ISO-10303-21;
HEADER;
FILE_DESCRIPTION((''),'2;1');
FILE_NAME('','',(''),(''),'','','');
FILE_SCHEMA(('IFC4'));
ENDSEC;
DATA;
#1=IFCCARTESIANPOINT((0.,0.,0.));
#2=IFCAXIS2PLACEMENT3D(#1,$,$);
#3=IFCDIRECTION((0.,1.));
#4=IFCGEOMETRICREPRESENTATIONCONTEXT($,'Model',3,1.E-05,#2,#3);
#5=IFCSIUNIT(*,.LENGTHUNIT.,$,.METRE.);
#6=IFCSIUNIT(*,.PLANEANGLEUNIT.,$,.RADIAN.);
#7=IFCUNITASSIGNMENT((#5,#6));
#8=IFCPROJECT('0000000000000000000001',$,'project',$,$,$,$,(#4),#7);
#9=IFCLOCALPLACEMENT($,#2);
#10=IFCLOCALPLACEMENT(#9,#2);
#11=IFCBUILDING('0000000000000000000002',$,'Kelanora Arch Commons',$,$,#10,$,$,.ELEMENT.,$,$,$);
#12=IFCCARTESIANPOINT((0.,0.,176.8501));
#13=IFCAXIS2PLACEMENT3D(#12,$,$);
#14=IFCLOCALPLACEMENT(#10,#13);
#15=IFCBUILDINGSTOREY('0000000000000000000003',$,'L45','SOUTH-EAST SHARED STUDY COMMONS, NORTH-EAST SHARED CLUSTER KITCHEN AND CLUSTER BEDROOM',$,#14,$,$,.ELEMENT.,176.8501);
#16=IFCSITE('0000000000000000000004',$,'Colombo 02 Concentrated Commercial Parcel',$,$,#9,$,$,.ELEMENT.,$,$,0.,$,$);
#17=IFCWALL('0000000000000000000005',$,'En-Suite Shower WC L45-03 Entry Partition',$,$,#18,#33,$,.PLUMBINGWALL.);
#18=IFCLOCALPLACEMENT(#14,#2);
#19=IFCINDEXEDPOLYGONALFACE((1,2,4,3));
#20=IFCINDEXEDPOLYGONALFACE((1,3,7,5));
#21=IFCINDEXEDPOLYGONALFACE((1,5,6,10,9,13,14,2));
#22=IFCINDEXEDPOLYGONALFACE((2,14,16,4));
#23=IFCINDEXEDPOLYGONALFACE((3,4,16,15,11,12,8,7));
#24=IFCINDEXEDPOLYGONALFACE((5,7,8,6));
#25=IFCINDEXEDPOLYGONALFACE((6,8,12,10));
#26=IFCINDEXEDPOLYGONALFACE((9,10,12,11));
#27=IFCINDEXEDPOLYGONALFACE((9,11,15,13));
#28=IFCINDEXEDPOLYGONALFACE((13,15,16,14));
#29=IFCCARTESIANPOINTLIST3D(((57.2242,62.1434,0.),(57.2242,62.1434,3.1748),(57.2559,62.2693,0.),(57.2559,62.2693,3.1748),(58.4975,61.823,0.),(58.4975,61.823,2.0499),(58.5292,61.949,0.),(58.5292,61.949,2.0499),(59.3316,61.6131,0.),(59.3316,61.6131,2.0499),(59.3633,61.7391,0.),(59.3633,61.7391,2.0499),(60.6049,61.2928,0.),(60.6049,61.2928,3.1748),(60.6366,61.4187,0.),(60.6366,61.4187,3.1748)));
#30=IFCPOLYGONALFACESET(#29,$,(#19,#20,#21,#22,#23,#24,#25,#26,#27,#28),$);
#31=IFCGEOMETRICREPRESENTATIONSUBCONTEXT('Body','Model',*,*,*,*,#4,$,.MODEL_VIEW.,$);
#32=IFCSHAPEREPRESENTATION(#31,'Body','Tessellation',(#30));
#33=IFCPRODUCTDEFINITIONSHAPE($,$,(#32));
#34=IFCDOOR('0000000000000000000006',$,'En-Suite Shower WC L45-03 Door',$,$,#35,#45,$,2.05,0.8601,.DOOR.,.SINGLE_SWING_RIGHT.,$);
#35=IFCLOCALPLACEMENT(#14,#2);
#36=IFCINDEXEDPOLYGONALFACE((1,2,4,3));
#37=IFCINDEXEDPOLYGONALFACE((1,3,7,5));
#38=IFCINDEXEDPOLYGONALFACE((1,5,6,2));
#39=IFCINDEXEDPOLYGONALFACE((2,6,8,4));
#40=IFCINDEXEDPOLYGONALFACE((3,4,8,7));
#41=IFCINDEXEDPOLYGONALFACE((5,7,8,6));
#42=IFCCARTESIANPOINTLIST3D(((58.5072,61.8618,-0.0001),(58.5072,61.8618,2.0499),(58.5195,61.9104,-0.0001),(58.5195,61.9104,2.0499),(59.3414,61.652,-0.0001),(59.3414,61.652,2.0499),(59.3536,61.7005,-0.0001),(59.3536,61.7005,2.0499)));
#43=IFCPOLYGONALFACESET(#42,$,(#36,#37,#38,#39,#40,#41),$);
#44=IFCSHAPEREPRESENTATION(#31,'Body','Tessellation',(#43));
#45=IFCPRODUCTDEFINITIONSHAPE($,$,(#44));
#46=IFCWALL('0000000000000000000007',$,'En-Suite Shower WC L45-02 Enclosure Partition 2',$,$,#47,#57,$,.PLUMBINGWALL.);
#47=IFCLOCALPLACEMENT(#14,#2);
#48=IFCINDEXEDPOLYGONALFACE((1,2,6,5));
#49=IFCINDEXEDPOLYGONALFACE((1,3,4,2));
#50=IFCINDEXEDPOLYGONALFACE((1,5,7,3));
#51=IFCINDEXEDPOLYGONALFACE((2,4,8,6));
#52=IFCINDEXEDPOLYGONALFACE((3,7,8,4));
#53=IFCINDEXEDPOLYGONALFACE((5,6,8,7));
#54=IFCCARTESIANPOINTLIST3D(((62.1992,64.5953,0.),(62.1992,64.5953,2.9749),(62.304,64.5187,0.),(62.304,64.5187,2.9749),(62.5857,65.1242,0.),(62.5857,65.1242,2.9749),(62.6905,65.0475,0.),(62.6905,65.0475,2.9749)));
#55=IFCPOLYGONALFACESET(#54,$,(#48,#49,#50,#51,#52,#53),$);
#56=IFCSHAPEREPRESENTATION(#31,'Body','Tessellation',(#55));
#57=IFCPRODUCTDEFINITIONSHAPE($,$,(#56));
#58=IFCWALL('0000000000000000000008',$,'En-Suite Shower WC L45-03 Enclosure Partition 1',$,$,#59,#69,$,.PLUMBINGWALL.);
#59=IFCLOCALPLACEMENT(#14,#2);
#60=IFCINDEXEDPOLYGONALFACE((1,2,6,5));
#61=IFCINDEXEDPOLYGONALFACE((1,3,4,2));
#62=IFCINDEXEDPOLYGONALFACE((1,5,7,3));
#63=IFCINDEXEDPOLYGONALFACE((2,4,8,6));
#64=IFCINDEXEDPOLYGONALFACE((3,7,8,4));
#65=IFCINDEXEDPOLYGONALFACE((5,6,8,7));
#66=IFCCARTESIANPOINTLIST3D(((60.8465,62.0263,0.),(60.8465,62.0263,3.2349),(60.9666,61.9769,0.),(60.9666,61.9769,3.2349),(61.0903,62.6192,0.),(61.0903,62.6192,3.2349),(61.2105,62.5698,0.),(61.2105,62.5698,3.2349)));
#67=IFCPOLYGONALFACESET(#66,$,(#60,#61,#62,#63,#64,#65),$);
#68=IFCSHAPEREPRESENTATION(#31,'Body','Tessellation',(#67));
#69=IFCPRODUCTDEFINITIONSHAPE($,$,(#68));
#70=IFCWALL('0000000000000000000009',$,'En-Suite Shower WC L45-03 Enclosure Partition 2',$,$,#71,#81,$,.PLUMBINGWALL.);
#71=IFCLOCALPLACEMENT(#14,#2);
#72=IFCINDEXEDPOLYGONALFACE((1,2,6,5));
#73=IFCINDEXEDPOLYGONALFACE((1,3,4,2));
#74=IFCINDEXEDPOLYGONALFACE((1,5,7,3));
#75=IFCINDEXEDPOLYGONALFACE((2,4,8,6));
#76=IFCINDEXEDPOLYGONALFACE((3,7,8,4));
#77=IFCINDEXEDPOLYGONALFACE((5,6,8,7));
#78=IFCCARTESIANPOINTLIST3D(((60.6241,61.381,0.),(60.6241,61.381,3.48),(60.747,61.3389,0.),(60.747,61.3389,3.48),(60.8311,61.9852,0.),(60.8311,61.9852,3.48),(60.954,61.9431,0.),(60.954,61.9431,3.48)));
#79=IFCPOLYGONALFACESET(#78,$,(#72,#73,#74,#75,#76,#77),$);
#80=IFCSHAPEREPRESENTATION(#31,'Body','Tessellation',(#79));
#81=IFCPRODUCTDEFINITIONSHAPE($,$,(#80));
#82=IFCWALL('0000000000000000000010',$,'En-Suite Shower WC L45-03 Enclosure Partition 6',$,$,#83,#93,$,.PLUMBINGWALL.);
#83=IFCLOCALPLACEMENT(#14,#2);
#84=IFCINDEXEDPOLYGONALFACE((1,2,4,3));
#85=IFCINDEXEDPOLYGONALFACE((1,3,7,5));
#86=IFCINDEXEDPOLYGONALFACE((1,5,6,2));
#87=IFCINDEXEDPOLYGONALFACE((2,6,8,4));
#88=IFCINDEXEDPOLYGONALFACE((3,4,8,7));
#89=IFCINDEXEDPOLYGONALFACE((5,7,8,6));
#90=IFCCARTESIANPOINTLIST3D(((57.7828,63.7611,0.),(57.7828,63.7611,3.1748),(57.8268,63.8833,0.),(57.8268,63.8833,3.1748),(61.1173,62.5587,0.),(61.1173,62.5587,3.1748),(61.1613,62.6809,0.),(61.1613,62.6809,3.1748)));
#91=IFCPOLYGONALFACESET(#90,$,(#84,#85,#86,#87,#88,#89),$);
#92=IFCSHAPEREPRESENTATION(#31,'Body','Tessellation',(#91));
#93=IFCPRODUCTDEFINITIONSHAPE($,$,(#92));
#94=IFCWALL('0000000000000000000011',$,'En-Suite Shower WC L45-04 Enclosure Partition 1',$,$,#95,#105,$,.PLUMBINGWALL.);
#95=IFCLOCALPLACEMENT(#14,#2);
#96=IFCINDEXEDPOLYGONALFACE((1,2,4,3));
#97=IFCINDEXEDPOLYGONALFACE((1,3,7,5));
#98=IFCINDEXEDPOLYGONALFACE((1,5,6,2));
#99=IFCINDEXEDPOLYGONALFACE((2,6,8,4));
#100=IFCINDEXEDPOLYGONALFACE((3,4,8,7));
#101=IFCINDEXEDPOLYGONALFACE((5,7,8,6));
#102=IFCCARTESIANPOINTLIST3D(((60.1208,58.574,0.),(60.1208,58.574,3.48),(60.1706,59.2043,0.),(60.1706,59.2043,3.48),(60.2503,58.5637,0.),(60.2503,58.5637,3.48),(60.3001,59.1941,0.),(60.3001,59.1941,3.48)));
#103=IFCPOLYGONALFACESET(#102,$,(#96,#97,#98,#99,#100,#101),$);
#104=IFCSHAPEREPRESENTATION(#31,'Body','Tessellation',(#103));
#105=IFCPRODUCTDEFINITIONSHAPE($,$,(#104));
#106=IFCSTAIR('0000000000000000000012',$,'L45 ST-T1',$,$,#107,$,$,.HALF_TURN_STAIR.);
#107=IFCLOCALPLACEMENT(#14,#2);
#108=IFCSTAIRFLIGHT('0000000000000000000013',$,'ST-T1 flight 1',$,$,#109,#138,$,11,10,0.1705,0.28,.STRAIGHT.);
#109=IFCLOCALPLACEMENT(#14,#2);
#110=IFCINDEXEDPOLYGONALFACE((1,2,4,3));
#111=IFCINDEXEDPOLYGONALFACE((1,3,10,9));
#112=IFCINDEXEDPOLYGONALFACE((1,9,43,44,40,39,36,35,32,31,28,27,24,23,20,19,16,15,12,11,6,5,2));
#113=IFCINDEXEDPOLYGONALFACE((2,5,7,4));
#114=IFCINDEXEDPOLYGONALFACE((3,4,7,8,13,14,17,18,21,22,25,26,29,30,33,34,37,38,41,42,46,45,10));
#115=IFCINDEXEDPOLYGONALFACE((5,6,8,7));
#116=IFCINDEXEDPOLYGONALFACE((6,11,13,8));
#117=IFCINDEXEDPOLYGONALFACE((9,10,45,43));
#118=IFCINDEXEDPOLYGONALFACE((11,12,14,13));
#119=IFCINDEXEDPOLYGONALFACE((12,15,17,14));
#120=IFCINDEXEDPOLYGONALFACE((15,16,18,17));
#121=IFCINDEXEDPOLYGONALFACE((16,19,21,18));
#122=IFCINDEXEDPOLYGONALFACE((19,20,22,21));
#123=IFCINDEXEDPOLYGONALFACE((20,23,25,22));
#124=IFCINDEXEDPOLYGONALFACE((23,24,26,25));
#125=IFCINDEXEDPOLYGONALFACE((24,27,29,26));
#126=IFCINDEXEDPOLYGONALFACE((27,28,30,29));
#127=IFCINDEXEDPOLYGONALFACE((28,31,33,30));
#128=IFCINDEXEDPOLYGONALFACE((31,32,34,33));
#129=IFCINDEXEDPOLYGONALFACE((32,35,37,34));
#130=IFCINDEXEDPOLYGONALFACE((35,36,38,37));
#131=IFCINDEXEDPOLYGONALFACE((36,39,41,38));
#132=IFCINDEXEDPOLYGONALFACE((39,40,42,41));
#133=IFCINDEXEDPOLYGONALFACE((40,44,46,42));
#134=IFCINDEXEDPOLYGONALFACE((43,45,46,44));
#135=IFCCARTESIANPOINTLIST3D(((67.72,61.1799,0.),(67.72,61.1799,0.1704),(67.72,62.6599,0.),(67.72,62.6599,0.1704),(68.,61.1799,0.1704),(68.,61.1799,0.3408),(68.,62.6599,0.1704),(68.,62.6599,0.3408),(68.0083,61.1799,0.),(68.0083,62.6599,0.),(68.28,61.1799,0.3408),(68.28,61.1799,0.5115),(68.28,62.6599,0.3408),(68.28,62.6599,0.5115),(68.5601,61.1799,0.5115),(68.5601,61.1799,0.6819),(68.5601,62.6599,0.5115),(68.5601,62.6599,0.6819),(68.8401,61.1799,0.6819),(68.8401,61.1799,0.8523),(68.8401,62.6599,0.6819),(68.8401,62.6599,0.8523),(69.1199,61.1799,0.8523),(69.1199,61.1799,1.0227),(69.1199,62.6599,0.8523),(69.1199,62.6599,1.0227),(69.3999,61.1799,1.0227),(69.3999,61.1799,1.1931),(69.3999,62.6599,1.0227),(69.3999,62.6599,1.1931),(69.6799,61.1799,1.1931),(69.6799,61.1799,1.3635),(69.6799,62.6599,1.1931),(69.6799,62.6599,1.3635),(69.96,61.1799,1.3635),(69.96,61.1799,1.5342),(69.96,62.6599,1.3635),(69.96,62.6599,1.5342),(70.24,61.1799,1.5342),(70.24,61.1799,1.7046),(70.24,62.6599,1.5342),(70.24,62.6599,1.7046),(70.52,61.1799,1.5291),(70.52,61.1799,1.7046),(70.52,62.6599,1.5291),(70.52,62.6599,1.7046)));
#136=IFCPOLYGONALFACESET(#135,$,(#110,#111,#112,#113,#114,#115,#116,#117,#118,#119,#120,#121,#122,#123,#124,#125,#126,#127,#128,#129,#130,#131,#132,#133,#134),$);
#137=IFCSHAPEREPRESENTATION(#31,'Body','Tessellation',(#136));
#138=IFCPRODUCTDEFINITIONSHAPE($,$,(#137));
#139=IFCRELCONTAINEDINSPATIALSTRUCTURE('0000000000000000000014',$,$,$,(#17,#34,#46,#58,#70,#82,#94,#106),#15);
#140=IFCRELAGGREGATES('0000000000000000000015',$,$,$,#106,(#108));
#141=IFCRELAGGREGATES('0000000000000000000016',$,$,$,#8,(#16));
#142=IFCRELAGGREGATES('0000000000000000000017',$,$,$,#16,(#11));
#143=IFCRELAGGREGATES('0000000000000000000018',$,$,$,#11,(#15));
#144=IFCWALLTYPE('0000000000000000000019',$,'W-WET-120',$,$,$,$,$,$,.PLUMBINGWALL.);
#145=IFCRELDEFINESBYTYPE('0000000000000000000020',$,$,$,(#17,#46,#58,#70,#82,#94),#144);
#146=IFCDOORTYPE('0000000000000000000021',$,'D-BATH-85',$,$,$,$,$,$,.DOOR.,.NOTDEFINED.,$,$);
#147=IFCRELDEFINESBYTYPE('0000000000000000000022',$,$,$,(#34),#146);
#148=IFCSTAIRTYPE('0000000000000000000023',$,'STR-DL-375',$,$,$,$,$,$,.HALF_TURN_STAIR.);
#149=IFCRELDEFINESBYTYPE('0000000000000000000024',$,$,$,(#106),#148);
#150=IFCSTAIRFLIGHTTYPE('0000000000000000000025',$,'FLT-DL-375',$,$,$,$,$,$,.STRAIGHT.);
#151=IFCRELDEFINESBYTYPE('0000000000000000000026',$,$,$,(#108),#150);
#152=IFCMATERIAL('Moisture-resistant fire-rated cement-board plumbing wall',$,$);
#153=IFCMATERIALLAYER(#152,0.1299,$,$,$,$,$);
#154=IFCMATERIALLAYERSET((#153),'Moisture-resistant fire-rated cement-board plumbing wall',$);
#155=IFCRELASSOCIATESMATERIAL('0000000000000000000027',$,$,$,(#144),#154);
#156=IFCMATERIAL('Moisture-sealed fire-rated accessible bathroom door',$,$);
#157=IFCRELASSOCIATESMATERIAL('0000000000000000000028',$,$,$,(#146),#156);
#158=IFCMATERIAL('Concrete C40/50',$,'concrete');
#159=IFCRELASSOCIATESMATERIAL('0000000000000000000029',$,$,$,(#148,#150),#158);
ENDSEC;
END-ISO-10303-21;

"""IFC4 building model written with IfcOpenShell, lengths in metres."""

from ifc_helpers import new_model, si_unit, direction, frame, frame_2d, origin, place, context, subcontext, project, spatial, polyline, rectangle, outline, extrude, material, layer, layer_set, type_object, element, fill, aggregate, save


model = new_model("IFC4")

# Units and contexts
model_context = context("Model", 3, precision=1e-05, world=origin(), true_north=direction((0.0, 1.0)))
body_context = subcontext(model_context, "Body", "Model", "MODEL_VIEW")
ifc_project = project(units=[si_unit("LENGTHUNIT", "METRE"), si_unit("PLANEANGLEUNIT", "RADIAN")], contexts=[model_context])

# Site, building, storey
site_placement = place(None, origin())
site = spatial("IfcSite", under=ifc_project, at=site_placement, Name="Colombo 02 Concentrated Commercial Parcel", CompositionType="ELEMENT", RefElevation=0.0)
building_placement = place(site_placement, origin())
building = spatial("IfcBuilding", under=site, at=building_placement, Name="Kelanora Arch Commons", CompositionType="ELEMENT")
storey_placement = place(building_placement, frame((0.0, 0.0, 176.8501)))
storey = spatial("IfcBuildingStorey", under=building, at=storey_placement, Name="L45", Description="SOUTH-EAST SHARED STUDY COMMONS, NORTH-EAST SHARED CLUSTER KITCHEN AND CLUSTER BEDROOM", CompositionType="ELEMENT", Elevation=176.8501)

# Shared definitions
ifc_material_1 = material(Name="Concrete C40/50", Category="concrete")

# Wall, opening, door
ifc_material_2 = material(Name="Moisture-resistant fire-rated cement-board plumbing wall")
ifc_layer_1 = layer(ifc_material_2, 0.1299)
ifc_layer_set_1 = layer_set([ifc_layer_1], Name="Moisture-resistant fire-rated cement-board plumbing wall")
wall_type_1 = type_object("IfcWallType", Name="W-WET-120", PredefinedType="PLUMBINGWALL", material=ifc_layer_set_1)
ifc_material_3 = material(Name="Moisture-sealed fire-rated accessible bathroom door")
door_type_1 = type_object("IfcDoorType", Name="D-BATH-85", OperationType="NOTDEFINED", PredefinedType="DOOR", material=ifc_material_3)
wall_1_placement = place(storey_placement, frame((60.6208, 61.3557, 0.0), z_axis=(0.0, 0.0, 1.0), x_axis=(-0.969775, 0.244002, 0.0)))
wall_1 = element("IfcWall", 1, at=wall_1_placement, inside=storey, type_object=wall_type_1, Name="En-Suite Shower WC L45-03 Entry Partition", PredefinedType="PLUMBINGWALL", context=body_context, shape_type="SweptSolid", body=[
    extrude(rectangle(XDim=3.4861, YDim=0.1299, at=frame_2d((1.7432, 0.0))), origin(), (0.0, 0.0, 1.0), 3.1748),
])
opening_1_placement = place(wall_1_placement, frame((1.313, 0.0, 0.0)))
opening_1 = element("IfcOpeningElement", 2, at=opening_1_placement, cuts=wall_1, PredefinedType="OPENING", context=body_context, shape_type="SweptSolid", body=[
    extrude(rectangle(XDim=0.8601, YDim=2.05, at=frame_2d((0.4302, 1.0249))), frame((0.0, 0.075, 0.0), z_axis=(0.0, -1.0, 0.0), x_axis=(1.0, 0.0, 0.0)), (0.0, 0.0, 1.0), 0.1499),
])
door_1_placement = place(opening_1_placement, origin())
door_1 = element("IfcDoor", 3, at=door_1_placement, inside=storey, type_object=door_type_1, Name="En-Suite Shower WC L45-03 Door", OperationType="SINGLE_SWING_RIGHT", OverallHeight=2.05, OverallWidth=0.8601, PredefinedType="DOOR", context=body_context, shape_type="SweptSolid", body=[
    extrude(rectangle(XDim=0.8601, YDim=2.05, at=frame_2d((0.4302, 1.0249))), frame((0.0, 0.0249, 0.0), z_axis=(0.0, -1.0, 0.0), x_axis=(1.0, 0.0, 0.0)), (0.0, 0.0, 1.0), 0.05),
])
fill(opening_1, door_1)

# Walls
wall_2_placement = place(storey_placement, frame((62.6382, 65.0859, 0.0), z_axis=(0.0, 0.0, 1.0), x_axis=(-0.590054, -0.807364, 0.0)))
element("IfcWall", 4, at=wall_2_placement, inside=storey, type_object=wall_type_1, Name="En-Suite Shower WC L45-02 Enclosure Partition 2", PredefinedType="PLUMBINGWALL", context=body_context, shape_type="SweptSolid", body=[
    extrude(rectangle(XDim=0.655, YDim=0.1299, at=frame_2d((0.3276, 0.0))), origin(), (0.0, 0.0, 1.0), 2.9749),
])
wall_3_placement = place(storey_placement, frame((61.1504, 62.5945, 0.0), z_axis=(0.0, 0.0, 1.0), x_axis=(-0.380367, -0.924836, 0.0)))
element("IfcWall", 5, at=wall_3_placement, inside=storey, type_object=wall_type_1, Name="En-Suite Shower WC L45-03 Enclosure Partition 1", PredefinedType="PLUMBINGWALL", context=body_context, shape_type="SweptSolid", body=[
    extrude(rectangle(XDim=0.6411, YDim=0.1299, at=frame_2d((0.3206, 0.0))), origin(), (0.0, 0.0, 1.0), 3.2349),
])
wall_4_placement = place(storey_placement, frame((60.8926, 61.9641, 0.0), z_axis=(0.0, 0.0, 1.0), x_axis=(-0.324129, -0.946013, 0.0)))
element("IfcWall", 6, at=wall_4_placement, inside=storey, type_object=wall_type_1, Name="En-Suite Shower WC L45-03 Enclosure Partition 2", PredefinedType="PLUMBINGWALL", context=body_context, shape_type="SweptSolid", body=[
    extrude(rectangle(XDim=0.6387, YDim=0.1299, at=frame_2d((0.3193, 0.0))), origin(), (0.0, 0.0, 1.0), 3.48),
])
wall_5_placement = place(storey_placement, frame((57.8047, 63.8223, 0.0), z_axis=(0.0, 0.0, 1.0), x_axis=(0.940709, -0.339215, 0.0)))
element("IfcWall", 7, at=wall_5_placement, inside=storey, type_object=wall_type_1, Name="En-Suite Shower WC L45-03 Enclosure Partition 6", PredefinedType="PLUMBINGWALL", context=body_context, shape_type="SweptSolid", body=[
    extrude(rectangle(XDim=3.5447, YDim=0.1299, at=frame_2d((1.7725, 0.0))), origin(), (0.0, 0.0, 1.0), 3.1748),
])
wall_6_placement = place(storey_placement, frame((60.2354, 59.1992, 0.0), z_axis=(0.0, 0.0, 1.0), x_axis=(-0.078763, -0.996893, 0.0)))
element("IfcWall", 8, at=wall_6_placement, inside=storey, type_object=wall_type_1, Name="En-Suite Shower WC L45-04 Enclosure Partition 1", PredefinedType="PLUMBINGWALL", context=body_context, shape_type="SweptSolid", body=[
    extrude(rectangle(XDim=0.6323, YDim=0.1299, at=frame_2d((0.3162, 0.0))), origin(), (0.0, 0.0, 1.0), 3.48),
])

# Stair, stair flight
stair_type = type_object("IfcStairType", Name="STR-DL-375", PredefinedType="HALF_TURN_STAIR", material=ifc_material_1)
stair_placement = place(storey_placement, origin())
stair = element("IfcStair", 9, at=stair_placement, inside=storey, type_object=stair_type, Name="L45 ST-T1", PredefinedType="HALF_TURN_STAIR")
stair_flight_type = type_object("IfcStairFlightType", Name="FLT-DL-375", PredefinedType="STRAIGHT", material=ifc_material_1)
stair_flight_placement = place(storey_placement, frame((67.72, 61.9199, 0.0), z_axis=(0.0, 0.0, 1.0), x_axis=(1.0, 0.0, 0.0)))
stair_flight = element("IfcStairFlight", 10, at=stair_flight_placement, type_object=stair_flight_type, Name="ST-T1 flight 1", NumberOfRisers=11, NumberOfTreads=10, PredefinedType="STRAIGHT", RiserHeight=0.1705, TreadLength=0.28, context=body_context, shape_type="SweptSolid", body=[
    extrude(outline(polyline([(0.0, 0.0), (0.0, 0.1704), (0.28, 0.1704), (0.28, 0.3408), (0.5601, 0.3408), (0.5601, 0.5115), (0.8401, 0.5115), (0.8401, 0.6819), (1.1201, 0.6819), (1.1201, 0.8523), (1.3999, 0.8523), (1.3999, 1.0227), (1.6799, 1.0227), (1.6799, 1.1931), (1.96, 1.1931), (1.96, 1.3635), (2.24, 1.3635), (2.24, 1.5342), (2.52, 1.5342), (2.52, 1.7046), (2.8, 1.7046), (2.8, 1.875), (2.8, 1.5291), (0.2883, 0.0), (0.0, 0.0)])), frame((0.0, 0.74, 0.0), z_axis=(0.0, -1.0, 0.0), x_axis=(1.0, 0.0, 0.0)), (0.0, 0.0, 1.0), 1.48),
])
aggregate(stair, [stair_flight])

save(model, "model.ifc")
